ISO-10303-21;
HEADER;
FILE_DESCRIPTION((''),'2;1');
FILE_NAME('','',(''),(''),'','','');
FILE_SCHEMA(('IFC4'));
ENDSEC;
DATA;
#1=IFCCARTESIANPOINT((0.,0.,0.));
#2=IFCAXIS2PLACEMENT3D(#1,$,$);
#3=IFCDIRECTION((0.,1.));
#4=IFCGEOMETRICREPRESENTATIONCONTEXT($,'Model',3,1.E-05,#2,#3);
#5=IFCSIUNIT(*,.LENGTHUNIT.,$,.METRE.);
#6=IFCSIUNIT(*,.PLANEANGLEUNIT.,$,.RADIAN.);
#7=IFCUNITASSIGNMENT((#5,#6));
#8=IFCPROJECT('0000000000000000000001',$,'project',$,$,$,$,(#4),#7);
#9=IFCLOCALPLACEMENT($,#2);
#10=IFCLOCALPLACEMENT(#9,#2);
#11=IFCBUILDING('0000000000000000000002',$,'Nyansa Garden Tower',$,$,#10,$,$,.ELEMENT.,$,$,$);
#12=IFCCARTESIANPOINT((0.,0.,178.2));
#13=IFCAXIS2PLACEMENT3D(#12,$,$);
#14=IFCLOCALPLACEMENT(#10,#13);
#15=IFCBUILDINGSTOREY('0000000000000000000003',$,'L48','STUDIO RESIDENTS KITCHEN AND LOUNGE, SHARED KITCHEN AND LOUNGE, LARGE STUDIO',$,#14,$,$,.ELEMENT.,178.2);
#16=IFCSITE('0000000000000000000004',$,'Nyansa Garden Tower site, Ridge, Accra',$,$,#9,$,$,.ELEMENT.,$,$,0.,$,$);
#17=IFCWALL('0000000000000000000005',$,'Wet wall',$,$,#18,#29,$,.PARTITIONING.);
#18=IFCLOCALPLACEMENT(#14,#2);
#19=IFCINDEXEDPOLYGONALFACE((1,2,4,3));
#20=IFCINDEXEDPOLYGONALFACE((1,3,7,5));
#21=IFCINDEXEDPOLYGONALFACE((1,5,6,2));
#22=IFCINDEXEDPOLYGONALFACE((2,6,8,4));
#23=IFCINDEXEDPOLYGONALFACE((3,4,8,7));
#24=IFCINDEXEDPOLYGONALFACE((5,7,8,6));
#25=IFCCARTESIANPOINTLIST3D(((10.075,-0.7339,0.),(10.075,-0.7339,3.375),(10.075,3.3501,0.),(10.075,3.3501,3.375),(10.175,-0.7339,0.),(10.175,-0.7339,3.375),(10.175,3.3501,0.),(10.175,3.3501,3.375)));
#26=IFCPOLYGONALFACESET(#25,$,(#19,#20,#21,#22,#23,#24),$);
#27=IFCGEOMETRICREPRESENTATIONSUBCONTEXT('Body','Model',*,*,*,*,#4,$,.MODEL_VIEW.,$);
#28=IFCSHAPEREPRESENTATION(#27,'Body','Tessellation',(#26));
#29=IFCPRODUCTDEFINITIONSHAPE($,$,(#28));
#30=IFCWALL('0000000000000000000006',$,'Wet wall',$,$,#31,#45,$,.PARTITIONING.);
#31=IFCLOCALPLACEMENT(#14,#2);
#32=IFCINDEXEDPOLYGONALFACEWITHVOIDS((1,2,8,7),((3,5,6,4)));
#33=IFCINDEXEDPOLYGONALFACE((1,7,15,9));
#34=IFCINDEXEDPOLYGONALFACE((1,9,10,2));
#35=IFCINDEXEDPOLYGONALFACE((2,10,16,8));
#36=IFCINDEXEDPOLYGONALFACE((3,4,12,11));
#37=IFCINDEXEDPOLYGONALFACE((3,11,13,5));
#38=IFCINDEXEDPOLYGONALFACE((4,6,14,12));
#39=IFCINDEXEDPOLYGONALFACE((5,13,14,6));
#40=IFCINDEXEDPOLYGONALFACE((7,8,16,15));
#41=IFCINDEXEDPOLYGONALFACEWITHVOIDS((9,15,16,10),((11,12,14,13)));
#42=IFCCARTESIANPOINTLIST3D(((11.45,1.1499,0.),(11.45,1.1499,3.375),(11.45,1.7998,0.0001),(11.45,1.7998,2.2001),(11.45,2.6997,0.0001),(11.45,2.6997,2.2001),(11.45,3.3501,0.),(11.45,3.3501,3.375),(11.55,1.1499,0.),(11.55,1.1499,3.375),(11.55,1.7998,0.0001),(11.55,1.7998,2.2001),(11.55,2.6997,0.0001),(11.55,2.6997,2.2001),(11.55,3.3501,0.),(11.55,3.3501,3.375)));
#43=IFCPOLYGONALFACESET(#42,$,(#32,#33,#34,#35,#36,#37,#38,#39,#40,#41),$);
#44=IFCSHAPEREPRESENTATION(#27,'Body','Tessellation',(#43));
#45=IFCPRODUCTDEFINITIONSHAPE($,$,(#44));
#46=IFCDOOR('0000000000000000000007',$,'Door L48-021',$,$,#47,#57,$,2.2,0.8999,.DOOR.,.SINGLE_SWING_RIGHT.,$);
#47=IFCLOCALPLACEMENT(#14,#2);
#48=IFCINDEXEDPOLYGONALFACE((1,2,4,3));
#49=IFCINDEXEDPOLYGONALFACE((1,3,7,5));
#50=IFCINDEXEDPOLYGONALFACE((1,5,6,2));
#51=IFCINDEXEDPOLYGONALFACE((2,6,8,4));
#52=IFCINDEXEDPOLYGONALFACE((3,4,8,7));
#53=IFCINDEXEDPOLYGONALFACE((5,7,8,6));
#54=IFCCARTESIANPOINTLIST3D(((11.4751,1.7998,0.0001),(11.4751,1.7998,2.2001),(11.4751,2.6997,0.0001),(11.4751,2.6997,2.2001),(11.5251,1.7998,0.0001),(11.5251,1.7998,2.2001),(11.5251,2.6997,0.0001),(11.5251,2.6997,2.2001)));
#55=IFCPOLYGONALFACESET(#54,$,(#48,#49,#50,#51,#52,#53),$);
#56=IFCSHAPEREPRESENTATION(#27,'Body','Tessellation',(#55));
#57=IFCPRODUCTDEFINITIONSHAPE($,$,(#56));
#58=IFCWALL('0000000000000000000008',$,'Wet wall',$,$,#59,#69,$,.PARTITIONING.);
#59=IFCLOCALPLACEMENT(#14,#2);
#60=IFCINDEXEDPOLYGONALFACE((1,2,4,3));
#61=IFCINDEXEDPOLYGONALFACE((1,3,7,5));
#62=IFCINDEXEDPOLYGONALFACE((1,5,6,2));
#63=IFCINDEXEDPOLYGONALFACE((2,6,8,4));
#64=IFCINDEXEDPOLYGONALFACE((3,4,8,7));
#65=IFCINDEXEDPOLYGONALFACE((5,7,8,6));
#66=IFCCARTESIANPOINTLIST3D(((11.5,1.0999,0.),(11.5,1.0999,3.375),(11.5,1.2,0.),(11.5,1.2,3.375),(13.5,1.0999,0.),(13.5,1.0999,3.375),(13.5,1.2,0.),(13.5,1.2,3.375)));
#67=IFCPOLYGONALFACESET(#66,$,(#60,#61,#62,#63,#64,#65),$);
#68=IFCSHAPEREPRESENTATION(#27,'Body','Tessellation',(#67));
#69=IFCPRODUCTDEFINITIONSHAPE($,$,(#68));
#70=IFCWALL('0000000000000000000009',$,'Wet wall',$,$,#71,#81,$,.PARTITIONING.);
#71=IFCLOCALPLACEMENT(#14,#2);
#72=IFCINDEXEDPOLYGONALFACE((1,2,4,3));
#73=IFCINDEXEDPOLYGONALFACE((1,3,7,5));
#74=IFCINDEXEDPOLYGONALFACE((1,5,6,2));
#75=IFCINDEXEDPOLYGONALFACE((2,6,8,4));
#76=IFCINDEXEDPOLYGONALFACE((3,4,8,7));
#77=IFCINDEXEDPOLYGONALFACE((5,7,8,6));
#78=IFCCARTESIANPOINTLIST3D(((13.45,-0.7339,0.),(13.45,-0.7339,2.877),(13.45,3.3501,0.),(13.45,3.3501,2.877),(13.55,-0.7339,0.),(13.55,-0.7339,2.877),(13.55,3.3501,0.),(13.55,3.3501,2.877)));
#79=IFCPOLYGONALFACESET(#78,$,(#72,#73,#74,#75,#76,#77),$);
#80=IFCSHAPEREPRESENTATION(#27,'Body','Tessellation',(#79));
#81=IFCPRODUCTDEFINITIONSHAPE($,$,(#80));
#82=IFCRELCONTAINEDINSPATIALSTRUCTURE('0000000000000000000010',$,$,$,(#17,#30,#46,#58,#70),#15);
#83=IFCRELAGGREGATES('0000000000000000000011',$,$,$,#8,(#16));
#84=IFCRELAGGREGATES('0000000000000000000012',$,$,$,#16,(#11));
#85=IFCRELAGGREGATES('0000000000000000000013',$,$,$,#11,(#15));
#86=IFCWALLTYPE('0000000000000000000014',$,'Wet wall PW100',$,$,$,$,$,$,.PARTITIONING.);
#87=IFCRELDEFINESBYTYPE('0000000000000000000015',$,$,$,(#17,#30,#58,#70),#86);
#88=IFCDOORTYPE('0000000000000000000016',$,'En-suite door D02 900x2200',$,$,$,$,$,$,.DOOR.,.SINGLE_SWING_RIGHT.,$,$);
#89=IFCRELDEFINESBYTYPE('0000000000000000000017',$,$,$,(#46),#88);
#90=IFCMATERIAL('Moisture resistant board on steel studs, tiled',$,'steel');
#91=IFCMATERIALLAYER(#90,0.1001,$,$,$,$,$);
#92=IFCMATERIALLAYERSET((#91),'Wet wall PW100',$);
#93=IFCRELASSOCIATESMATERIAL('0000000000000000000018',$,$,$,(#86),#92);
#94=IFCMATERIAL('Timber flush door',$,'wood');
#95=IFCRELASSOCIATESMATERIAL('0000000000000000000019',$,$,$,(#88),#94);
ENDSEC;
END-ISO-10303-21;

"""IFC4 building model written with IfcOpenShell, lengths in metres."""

from ifc_helpers import new_model, si_unit, direction, frame, frame_2d, origin, place, context, subcontext, project, spatial, rectangle, extrude, material, layer, layer_set, type_object, element, fill, save


model = new_model("IFC4")

# Units and contexts
model_context = context("Model", 3, precision=1e-05, world=origin(), true_north=direction((0.0, 1.0)))
body_context = subcontext(model_context, "Body", "Model", "MODEL_VIEW")
ifc_project = project(units=[si_unit("LENGTHUNIT", "METRE"), si_unit("PLANEANGLEUNIT", "RADIAN")], contexts=[model_context])

# Site, building, storey
site_placement = place(None, origin())
site = spatial("IfcSite", under=ifc_project, at=site_placement, Name="Nyansa Garden Tower site, Ridge, Accra", CompositionType="ELEMENT", RefElevation=0.0)
building_placement = place(site_placement, origin())
building = spatial("IfcBuilding", under=site, at=building_placement, Name="Nyansa Garden Tower", CompositionType="ELEMENT")
storey_placement = place(building_placement, frame((0.0, 0.0, 178.2)))
storey = spatial("IfcBuildingStorey", under=building, at=storey_placement, Name="L48", Description="STUDIO RESIDENTS KITCHEN AND LOUNGE, SHARED KITCHEN AND LOUNGE, LARGE STUDIO", CompositionType="ELEMENT", Elevation=178.2)

# Shared definitions
ifc_material_1 = material(Name="Moisture resistant board on steel studs, tiled", Category="steel")
ifc_layer_1 = layer(ifc_material_1, 0.1001)
ifc_layer_set_1 = layer_set([ifc_layer_1], Name="Wet wall PW100")
wall_type = type_object("IfcWallType", Name="Wet wall PW100", PredefinedType="PARTITIONING", material=ifc_layer_set_1)
ifc_material_2 = material(Name="Timber flush door", Category="wood")
door_type = type_object("IfcDoorType", Name="En-suite door D02 900x2200", OperationType="SINGLE_SWING_RIGHT", PredefinedType="DOOR", material=ifc_material_2)

# Wall
wall_1_placement = place(storey_placement, frame((10.125, -0.7339, 0.0), z_axis=(0.0, 0.0, 1.0), x_axis=(0.0, 1.0, 0.0)))
element("IfcWall", 1, at=wall_1_placement, inside=storey, type_object=wall_type, Name="Wet wall", PredefinedType="PARTITIONING", context=body_context, shape_type="SweptSolid", body=[
    extrude(rectangle(XDim=4.084, YDim=0.1001, at=frame_2d((2.042, 0.0))), origin(), (0.0, 0.0, 1.0), 3.375),
])

# Wall, opening, door
wall_2_placement = place(storey_placement, frame((11.5, 1.1499, 0.0), z_axis=(0.0, 0.0, 1.0), x_axis=(0.0, 1.0, 0.0)))
wall_2 = element("IfcWall", 2, at=wall_2_placement, inside=storey, type_object=wall_type, Name="Wet wall", PredefinedType="PARTITIONING", context=body_context, shape_type="SweptSolid", body=[
    extrude(rectangle(XDim=2.2002, YDim=0.1001, at=frame_2d((1.1001, 0.0))), origin(), (0.0, 0.0, 1.0), 3.375),
])
opening_1_placement = place(wall_2_placement, frame((0.6499, 0.0, 0.0)))
opening_1 = element("IfcOpeningElement", 3, at=opening_1_placement, cuts=wall_2, PredefinedType="OPENING", context=body_context, shape_type="SweptSolid", body=[
    extrude(rectangle(XDim=0.8999, YDim=2.2, at=frame_2d((0.45, 1.1001))), frame((0.0, 0.0601, 0.0), z_axis=(0.0, -1.0, 0.0), x_axis=(1.0, 0.0, 0.0)), (0.0, 0.0, 1.0), 0.1201),
])
door_1_placement = place(opening_1_placement, origin())
door_1 = element("IfcDoor", 4, at=door_1_placement, inside=storey, type_object=door_type, Name="Door L48-021", OperationType="SINGLE_SWING_RIGHT", OverallHeight=2.2, OverallWidth=0.8999, PredefinedType="DOOR", context=body_context, shape_type="SweptSolid", body=[
    extrude(rectangle(XDim=0.8999, YDim=2.2, at=frame_2d((0.45, 1.1001))), frame((0.0, 0.0249, 0.0), z_axis=(0.0, -1.0, 0.0), x_axis=(1.0, 0.0, 0.0)), (0.0, 0.0, 1.0), 0.05),
])
fill(opening_1, door_1)

# Walls
wall_3_placement = place(storey_placement, frame((11.5, 1.1499, 0.0), z_axis=(0.0, 0.0, 1.0), x_axis=(1.0, 0.0, 0.0)))
element("IfcWall", 5, at=wall_3_placement, inside=storey, type_object=wall_type, Name="Wet wall", PredefinedType="PARTITIONING", context=body_context, shape_type="SweptSolid", body=[
    extrude(rectangle(XDim=2.0, YDim=0.1001, at=frame_2d((1.0, 0.0))), origin(), (0.0, 0.0, 1.0), 3.375),
])
wall_4_placement = place(storey_placement, frame((13.5, -0.7339, 0.0), z_axis=(0.0, 0.0, 1.0), x_axis=(0.0, 1.0, 0.0)))
element("IfcWall", 6, at=wall_4_placement, inside=storey, type_object=wall_type, Name="Wet wall", PredefinedType="PARTITIONING", context=body_context, shape_type="SweptSolid", body=[
    extrude(rectangle(XDim=4.084, YDim=0.1001, at=frame_2d((2.042, 0.0))), origin(), (0.0, 0.0, 1.0), 2.877),
])

save(model, "model.ifc")
